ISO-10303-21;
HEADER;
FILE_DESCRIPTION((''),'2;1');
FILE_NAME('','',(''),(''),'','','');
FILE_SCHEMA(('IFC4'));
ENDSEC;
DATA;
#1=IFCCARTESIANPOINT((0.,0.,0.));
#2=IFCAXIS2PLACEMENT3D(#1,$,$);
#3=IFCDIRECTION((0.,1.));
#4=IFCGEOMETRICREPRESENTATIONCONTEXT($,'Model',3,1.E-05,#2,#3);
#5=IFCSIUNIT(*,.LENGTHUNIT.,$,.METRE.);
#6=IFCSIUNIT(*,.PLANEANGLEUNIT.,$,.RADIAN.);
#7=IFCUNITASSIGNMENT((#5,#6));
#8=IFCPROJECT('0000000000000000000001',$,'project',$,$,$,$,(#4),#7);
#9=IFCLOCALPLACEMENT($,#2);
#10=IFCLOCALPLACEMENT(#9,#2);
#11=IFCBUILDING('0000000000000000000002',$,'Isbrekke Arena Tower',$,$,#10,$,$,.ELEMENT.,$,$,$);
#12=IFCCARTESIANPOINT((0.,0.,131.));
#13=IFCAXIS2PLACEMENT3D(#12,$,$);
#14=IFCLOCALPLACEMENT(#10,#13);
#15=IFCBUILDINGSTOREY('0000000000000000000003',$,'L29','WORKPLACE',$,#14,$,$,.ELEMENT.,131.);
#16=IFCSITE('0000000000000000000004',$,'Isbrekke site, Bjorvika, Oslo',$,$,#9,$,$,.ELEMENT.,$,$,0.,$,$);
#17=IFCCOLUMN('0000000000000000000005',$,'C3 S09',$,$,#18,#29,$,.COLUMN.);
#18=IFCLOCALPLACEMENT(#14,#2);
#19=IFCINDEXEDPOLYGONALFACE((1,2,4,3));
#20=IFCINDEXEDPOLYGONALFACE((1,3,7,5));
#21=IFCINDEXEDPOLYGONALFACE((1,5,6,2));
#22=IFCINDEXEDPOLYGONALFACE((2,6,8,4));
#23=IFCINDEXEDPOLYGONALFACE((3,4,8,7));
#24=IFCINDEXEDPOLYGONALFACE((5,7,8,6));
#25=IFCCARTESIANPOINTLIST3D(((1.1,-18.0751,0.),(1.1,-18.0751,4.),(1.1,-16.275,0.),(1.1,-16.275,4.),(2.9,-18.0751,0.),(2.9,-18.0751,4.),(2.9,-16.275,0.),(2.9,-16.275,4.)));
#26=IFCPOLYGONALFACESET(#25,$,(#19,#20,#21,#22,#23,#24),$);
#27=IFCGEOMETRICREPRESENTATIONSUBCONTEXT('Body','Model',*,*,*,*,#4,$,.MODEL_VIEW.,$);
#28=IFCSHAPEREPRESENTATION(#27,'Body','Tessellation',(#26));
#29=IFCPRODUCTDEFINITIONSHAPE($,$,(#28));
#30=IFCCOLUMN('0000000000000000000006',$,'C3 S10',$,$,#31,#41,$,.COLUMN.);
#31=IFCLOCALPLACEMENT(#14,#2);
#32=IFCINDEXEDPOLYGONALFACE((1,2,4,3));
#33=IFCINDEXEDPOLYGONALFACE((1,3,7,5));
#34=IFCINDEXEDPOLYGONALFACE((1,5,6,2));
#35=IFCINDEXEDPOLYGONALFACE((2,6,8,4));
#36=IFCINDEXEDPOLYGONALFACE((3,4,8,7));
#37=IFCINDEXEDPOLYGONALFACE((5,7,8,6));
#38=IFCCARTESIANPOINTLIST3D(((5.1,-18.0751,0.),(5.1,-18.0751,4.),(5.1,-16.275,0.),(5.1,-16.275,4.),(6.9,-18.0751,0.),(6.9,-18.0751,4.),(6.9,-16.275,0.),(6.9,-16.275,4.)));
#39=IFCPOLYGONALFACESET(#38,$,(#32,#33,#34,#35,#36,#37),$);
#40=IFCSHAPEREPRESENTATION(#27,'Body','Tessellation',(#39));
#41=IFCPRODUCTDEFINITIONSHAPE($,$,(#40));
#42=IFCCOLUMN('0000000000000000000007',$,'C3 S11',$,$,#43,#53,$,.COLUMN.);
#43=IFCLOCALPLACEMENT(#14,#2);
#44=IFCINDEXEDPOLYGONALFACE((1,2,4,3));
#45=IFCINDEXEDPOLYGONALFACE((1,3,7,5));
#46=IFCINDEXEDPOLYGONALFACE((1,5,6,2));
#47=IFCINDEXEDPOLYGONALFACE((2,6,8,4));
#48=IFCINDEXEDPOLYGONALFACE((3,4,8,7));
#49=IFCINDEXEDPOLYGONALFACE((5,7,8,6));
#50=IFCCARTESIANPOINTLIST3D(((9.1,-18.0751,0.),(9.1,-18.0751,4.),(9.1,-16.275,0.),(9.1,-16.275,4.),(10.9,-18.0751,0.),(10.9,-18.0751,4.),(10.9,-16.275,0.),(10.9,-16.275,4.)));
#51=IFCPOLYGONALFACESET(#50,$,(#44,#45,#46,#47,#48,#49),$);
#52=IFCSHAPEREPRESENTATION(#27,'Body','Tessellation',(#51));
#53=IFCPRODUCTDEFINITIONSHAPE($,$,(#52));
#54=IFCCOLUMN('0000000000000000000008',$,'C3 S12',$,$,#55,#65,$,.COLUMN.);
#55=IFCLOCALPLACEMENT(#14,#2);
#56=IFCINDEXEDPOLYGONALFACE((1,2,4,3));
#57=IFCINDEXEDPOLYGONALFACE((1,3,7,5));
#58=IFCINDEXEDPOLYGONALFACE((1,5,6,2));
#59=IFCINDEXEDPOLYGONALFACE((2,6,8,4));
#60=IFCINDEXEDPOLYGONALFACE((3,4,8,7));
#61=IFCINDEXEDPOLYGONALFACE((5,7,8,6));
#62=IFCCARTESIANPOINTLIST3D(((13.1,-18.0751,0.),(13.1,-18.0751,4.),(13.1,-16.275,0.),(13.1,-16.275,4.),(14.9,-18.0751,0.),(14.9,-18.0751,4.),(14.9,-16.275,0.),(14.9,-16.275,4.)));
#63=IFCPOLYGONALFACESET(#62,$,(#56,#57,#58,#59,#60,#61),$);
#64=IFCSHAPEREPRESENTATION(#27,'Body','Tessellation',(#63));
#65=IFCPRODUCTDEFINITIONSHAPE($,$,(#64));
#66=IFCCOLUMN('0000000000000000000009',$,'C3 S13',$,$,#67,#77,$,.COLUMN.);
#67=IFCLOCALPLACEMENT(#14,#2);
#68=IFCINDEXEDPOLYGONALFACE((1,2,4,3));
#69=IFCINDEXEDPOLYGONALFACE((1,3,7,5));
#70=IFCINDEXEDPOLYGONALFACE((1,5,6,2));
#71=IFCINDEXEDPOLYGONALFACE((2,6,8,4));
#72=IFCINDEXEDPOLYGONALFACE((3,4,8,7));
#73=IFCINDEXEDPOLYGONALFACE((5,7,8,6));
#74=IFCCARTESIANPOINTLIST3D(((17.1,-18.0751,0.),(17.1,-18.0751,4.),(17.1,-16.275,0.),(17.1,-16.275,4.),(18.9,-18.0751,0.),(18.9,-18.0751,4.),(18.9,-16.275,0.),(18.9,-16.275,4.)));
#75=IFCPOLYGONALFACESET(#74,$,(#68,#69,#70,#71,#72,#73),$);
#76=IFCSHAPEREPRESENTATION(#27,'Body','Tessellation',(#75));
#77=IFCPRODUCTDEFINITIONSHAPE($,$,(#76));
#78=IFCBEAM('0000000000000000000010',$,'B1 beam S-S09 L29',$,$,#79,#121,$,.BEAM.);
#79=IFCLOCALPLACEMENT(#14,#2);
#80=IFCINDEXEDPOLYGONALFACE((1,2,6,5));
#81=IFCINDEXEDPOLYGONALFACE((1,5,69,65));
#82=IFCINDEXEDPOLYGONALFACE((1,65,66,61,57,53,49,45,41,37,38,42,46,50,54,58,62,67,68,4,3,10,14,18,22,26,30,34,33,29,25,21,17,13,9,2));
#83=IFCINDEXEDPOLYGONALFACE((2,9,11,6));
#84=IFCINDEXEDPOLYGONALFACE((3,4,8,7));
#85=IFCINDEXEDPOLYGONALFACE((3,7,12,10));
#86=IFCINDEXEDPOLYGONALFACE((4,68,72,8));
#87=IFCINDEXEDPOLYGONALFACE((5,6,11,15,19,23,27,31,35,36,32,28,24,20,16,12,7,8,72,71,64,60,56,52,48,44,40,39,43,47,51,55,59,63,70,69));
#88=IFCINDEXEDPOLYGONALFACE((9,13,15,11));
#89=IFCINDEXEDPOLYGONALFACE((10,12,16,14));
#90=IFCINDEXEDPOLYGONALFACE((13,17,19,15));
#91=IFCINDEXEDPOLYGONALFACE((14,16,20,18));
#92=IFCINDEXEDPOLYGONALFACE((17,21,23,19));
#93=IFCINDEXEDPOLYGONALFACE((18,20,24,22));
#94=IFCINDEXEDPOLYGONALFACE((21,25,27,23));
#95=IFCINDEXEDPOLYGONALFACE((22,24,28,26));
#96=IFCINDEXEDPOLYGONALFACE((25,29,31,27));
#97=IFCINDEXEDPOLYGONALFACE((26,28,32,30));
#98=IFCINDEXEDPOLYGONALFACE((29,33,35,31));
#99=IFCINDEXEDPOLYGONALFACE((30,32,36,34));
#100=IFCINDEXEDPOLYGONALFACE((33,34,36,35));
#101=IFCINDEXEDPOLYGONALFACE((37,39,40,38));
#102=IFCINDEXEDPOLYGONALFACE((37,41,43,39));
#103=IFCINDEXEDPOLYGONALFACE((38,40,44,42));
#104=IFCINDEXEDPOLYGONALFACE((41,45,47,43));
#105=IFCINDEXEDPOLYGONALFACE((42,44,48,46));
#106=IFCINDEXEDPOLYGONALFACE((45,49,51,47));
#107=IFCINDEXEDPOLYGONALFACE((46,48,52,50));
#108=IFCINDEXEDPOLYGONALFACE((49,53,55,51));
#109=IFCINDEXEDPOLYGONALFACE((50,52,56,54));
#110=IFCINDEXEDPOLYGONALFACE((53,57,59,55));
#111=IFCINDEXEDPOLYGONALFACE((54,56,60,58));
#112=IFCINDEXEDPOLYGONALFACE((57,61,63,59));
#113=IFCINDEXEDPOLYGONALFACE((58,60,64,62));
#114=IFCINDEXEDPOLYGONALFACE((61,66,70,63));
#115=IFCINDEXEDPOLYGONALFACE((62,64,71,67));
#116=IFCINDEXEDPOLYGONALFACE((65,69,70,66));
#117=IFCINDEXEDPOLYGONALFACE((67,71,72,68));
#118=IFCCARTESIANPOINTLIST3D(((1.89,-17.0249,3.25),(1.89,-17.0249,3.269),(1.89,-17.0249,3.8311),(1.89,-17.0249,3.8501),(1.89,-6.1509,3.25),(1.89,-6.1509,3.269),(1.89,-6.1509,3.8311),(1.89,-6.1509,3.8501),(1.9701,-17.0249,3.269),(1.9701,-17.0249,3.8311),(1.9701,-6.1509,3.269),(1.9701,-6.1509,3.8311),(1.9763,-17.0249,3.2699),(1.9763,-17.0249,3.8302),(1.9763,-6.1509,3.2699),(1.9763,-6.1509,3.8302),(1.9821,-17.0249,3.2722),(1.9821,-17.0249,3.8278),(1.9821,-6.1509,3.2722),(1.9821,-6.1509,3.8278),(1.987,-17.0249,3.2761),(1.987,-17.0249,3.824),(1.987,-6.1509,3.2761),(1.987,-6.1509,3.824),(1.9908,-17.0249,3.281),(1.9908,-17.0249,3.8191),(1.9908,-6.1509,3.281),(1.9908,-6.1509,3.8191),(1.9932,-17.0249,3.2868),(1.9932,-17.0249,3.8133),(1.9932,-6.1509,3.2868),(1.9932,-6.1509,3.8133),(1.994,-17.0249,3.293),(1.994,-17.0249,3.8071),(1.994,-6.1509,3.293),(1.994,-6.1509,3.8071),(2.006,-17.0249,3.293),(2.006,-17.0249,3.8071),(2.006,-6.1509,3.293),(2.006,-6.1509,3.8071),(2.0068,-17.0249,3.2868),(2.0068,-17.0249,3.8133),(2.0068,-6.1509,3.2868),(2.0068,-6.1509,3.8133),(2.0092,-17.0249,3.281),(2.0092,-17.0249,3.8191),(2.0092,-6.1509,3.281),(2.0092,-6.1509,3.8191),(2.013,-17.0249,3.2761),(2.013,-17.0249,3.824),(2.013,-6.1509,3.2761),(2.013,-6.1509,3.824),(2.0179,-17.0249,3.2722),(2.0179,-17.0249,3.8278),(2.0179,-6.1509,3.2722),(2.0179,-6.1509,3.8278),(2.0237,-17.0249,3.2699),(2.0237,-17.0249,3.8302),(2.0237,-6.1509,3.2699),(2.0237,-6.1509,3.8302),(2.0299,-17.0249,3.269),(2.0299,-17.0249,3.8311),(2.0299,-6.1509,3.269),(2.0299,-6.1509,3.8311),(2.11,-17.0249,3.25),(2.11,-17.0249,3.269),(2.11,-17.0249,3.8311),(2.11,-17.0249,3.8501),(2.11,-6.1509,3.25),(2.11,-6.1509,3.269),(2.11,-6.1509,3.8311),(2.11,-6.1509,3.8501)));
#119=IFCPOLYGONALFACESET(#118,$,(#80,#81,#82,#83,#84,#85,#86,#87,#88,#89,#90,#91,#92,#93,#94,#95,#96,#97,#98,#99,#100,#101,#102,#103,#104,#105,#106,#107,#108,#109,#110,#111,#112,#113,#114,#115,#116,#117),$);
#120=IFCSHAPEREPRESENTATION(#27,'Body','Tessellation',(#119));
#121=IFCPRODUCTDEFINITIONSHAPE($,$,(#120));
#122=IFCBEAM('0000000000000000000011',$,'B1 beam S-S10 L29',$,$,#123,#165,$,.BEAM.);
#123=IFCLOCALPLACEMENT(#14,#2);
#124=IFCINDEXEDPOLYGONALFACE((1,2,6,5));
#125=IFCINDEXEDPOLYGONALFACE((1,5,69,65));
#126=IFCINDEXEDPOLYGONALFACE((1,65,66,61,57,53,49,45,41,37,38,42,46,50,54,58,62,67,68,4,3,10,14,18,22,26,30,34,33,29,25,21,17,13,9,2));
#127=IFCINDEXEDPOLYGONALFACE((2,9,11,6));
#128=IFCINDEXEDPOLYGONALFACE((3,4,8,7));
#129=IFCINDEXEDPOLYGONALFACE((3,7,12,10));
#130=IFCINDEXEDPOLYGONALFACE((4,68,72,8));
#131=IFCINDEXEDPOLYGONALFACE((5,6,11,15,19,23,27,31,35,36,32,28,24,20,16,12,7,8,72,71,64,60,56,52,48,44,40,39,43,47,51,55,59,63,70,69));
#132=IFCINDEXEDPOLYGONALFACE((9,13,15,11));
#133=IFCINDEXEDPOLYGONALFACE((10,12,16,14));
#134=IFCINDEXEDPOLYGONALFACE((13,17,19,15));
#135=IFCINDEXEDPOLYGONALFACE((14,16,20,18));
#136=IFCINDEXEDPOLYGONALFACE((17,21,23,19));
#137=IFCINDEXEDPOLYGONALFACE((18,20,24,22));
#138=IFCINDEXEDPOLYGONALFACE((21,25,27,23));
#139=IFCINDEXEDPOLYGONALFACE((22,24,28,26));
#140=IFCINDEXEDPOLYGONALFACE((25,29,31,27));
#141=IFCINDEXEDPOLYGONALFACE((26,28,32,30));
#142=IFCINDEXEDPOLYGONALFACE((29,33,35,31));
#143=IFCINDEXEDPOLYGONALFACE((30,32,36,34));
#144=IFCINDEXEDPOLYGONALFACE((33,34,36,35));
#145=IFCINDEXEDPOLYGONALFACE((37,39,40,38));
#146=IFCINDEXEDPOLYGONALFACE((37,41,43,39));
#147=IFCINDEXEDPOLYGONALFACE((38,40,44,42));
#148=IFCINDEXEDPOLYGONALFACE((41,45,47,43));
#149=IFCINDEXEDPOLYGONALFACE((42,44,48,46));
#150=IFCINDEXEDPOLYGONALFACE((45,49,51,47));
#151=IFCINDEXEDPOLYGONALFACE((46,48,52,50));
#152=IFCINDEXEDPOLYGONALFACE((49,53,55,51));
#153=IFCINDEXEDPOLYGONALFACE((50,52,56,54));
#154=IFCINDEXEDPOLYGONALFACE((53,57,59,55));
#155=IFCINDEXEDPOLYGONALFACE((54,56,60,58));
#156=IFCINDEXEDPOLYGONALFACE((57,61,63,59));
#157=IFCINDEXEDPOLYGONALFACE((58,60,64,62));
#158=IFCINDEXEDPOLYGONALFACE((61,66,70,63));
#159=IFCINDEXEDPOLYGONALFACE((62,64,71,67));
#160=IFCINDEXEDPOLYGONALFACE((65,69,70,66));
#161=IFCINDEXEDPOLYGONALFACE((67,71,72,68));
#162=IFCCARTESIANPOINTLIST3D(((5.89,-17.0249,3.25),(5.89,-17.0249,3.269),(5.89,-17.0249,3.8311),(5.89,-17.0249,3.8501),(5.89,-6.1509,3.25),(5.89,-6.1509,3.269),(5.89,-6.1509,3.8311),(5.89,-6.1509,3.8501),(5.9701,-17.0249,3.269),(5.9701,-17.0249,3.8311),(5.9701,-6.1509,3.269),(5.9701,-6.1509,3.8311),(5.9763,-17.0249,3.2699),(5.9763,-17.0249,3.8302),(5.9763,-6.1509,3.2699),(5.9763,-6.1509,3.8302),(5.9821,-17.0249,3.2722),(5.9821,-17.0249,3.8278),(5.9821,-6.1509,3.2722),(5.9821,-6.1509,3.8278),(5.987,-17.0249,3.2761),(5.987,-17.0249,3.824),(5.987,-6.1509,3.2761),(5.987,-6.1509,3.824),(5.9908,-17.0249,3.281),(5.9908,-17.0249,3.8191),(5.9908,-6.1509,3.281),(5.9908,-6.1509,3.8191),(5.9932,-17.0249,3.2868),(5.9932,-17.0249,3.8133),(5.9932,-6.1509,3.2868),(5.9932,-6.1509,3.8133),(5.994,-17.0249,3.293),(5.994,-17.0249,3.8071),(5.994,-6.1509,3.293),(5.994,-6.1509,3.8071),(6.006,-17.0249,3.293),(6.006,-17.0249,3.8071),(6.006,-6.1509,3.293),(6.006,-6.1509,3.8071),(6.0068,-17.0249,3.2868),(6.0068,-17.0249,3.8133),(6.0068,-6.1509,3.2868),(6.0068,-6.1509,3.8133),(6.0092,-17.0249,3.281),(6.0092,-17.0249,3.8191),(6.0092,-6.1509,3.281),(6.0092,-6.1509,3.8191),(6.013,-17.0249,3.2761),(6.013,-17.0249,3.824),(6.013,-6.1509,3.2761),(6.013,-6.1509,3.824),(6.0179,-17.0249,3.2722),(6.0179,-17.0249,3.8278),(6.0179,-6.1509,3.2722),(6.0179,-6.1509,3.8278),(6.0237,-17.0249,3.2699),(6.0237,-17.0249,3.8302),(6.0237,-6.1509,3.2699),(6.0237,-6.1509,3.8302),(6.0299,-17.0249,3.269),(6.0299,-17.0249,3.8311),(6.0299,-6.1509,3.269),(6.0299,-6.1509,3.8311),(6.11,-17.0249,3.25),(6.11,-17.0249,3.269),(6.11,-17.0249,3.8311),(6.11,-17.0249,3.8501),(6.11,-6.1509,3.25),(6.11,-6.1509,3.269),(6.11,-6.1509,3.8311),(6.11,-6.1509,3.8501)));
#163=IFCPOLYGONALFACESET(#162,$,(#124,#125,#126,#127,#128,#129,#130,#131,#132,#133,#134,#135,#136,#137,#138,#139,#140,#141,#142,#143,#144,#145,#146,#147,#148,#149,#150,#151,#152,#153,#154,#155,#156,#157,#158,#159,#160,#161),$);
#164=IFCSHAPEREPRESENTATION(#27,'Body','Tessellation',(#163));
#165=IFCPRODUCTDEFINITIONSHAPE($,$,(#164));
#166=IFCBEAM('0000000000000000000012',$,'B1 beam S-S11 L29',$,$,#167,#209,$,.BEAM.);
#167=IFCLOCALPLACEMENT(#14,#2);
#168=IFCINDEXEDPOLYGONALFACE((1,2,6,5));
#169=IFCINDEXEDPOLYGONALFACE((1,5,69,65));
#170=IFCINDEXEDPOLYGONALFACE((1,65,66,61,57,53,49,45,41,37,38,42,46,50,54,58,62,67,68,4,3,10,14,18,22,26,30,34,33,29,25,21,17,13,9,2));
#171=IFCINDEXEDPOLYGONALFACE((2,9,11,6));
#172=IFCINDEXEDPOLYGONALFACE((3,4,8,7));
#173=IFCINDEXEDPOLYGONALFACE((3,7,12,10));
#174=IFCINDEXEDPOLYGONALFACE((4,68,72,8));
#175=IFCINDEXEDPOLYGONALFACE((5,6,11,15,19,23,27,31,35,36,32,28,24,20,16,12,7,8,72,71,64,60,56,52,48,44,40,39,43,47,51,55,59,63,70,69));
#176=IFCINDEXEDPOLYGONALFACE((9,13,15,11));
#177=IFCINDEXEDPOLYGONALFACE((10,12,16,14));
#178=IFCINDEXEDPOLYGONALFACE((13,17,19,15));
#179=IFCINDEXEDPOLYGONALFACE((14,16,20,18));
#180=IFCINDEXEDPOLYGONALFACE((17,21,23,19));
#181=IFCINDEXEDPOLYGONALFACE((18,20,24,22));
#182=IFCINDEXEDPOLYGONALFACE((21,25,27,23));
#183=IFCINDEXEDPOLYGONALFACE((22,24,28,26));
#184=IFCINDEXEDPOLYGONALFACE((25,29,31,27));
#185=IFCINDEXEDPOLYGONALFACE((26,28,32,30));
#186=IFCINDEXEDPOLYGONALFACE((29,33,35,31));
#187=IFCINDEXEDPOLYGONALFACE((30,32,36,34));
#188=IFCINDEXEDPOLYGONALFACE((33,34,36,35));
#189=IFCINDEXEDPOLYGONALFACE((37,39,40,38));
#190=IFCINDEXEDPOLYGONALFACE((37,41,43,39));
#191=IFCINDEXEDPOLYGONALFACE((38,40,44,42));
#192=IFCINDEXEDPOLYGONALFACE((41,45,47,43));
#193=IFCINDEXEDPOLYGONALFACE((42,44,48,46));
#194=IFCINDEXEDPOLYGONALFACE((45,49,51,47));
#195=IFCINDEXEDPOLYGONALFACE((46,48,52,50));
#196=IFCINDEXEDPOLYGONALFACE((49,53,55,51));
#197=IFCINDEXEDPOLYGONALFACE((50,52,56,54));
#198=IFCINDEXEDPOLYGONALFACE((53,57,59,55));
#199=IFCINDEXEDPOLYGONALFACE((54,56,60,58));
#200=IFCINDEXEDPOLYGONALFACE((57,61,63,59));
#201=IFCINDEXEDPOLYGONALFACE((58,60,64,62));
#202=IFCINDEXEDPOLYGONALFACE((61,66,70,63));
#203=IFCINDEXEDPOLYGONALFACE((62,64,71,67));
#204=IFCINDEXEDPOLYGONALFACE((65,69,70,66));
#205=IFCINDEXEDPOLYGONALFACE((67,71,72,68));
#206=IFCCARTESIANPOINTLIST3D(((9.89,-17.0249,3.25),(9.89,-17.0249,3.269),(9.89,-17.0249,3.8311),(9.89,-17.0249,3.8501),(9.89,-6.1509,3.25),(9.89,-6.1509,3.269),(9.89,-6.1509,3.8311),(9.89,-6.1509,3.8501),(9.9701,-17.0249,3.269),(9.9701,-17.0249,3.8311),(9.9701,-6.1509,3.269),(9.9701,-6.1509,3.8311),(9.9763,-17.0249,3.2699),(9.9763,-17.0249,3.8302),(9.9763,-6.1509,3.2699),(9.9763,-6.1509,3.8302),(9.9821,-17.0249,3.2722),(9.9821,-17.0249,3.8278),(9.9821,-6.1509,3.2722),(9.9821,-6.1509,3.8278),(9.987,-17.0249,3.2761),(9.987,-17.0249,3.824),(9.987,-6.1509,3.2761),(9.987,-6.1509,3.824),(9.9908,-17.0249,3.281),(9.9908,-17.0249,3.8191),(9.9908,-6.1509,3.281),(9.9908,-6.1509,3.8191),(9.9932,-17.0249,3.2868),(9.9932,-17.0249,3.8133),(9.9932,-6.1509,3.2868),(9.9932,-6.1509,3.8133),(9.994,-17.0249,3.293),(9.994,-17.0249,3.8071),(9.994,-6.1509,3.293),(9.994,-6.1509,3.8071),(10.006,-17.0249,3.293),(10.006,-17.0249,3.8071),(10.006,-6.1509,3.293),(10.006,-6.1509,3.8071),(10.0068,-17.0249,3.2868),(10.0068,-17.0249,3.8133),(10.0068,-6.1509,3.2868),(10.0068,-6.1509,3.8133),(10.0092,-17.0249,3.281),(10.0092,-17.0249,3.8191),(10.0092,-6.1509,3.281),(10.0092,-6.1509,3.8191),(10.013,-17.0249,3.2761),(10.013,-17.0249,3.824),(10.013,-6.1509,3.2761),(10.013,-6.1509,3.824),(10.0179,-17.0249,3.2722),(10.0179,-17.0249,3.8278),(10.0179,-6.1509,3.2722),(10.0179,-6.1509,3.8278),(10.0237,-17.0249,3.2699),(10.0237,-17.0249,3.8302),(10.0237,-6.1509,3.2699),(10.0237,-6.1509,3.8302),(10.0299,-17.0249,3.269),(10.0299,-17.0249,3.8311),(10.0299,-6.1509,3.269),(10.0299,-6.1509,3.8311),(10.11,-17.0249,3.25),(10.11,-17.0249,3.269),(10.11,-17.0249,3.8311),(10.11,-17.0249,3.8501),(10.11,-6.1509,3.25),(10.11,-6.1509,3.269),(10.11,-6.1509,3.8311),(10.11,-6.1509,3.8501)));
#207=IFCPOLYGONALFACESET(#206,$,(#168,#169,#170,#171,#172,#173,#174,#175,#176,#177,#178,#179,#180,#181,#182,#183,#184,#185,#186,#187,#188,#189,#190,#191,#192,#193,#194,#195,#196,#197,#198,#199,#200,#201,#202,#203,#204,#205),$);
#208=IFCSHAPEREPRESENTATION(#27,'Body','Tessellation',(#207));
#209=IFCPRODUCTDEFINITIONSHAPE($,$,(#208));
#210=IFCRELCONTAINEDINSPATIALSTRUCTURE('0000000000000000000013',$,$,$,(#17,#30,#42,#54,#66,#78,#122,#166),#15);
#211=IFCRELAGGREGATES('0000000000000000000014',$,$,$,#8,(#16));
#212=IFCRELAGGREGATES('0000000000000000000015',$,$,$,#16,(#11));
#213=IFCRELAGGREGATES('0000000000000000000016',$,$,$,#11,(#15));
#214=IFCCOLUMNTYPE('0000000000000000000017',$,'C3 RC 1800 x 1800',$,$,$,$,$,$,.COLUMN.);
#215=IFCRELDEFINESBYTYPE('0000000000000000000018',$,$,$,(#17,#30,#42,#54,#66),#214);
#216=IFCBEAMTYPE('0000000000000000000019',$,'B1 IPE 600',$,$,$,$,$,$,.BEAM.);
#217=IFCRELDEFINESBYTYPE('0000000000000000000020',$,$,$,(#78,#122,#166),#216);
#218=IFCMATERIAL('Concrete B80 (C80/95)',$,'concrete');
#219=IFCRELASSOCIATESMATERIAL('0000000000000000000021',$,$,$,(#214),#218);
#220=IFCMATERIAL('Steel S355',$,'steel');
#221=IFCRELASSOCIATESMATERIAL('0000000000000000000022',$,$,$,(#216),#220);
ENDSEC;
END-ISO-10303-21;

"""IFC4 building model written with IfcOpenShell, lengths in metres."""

from ifc_helpers import new_model, si_unit, direction, frame, origin, origin_2d, place, context, subcontext, project, spatial, rectangle, i_section, extrude, material, material_profile, profile_set, type_object, element, save


model = new_model("IFC4")

# Units and contexts
model_context = context("Model", 3, precision=1e-05, world=origin(), true_north=direction((0.0, 1.0)))
body_context = subcontext(model_context, "Body", "Model", "MODEL_VIEW")
ifc_project = project(units=[si_unit("LENGTHUNIT", "METRE"), si_unit("PLANEANGLEUNIT", "RADIAN")], contexts=[model_context])

# Site, building, storey
site_placement = place(None, origin())
site = spatial("IfcSite", under=ifc_project, at=site_placement, Name="Isbrekke site, Bjorvika, Oslo", CompositionType="ELEMENT", RefElevation=0.0)
building_placement = place(site_placement, origin())
building = spatial("IfcBuilding", under=site, at=building_placement, Name="Isbrekke Arena Tower", CompositionType="ELEMENT")
storey_placement = place(building_placement, frame((0.0, 0.0, 131.0)))
storey = spatial("IfcBuildingStorey", under=building, at=storey_placement, Name="L29", Description="WORKPLACE", CompositionType="ELEMENT", Elevation=131.0)

# Columns
ifc_material_1 = material(Name="Concrete B80 (C80/95)", Category="concrete")
ifc_material_profile_1 = material_profile(ifc_material_1, rectangle(XDim=1.8, YDim=1.8, at=origin_2d()), Name="RC 1800x1800")
ifc_profile_set_1 = profile_set([ifc_material_profile_1], Name="Concrete B80 (C80/95)")
column_type = type_object("IfcColumnType", Name="C3 RC 1800 x 1800", PredefinedType="COLUMN", material=ifc_profile_set_1)
for number, where, z_axis, x_axis, name in (
    (1, (2.0, -17.175, 0.0), (0.0, 0.0, 1.0), (1.0, 0.0, 0.0), "C3 S09"),
    (2, (6.0, -17.175, 0.0), (0.0, 0.0, 1.0), (1.0, 0.0, 0.0), "C3 S10"),
    (3, (10.0, -17.175, 0.0), (0.0, 0.0, 1.0), (1.0, 0.0, 0.0), "C3 S11"),
    (4, (14.0, -17.175, 0.0), (0.0, 0.0, 1.0), (1.0, 0.0, 0.0), "C3 S12"),
    (5, (18.0, -17.175, 0.0), (0.0, 0.0, 1.0), (1.0, 0.0, 0.0), "C3 S13"),
):
    element("IfcColumn", number, at=place(storey_placement, frame(where, z_axis=z_axis, x_axis=x_axis)), inside=storey, type_object=column_type, Name=name, PredefinedType="COLUMN", context=body_context, shape_type="SweptSolid", body=[
        extrude(rectangle(XDim=1.8, YDim=1.8, at=origin_2d()), origin(), (0.0, 0.0, 1.0), 4.0),
    ])

# Beams
ifc_material_2 = material(Name="Steel S355", Category="steel")
ifc_material_profile_2 = material_profile(ifc_material_2, i_section(OverallWidth=0.22, OverallDepth=0.6001, WebThickness=0.012, FlangeThickness=0.019, FilletRadius=0.0239, at=origin_2d()), Name="IPE 600")
ifc_profile_set_2 = profile_set([ifc_material_profile_2], Name="Steel S355")
beam_type_1 = type_object("IfcBeamType", Name="B1 IPE 600", PredefinedType="BEAM", material=ifc_profile_set_2)
for number, where, z_axis, x_axis, name in (
    (6, (2.0, -17.0249, 3.55), (0.0, 1.0, 0.0), (-1.0, 0.0, 0.0), "B1 beam S-S09 L29"),
    (7, (6.0, -17.0249, 3.55), (0.0, 1.0, 0.0), (-1.0, 0.0, 0.0), "B1 beam S-S10 L29"),
    (8, (10.0, -17.0249, 3.55), (0.0, 1.0, 0.0), (-1.0, 0.0, 0.0), "B1 beam S-S11 L29"),
):
    element("IfcBeam", number, at=place(storey_placement, frame(where, z_axis=z_axis, x_axis=x_axis)), inside=storey, type_object=beam_type_1, Name=name, PredefinedType="BEAM", context=body_context, shape_type="SweptSolid", body=[
        extrude(i_section(OverallWidth=0.22, OverallDepth=0.6001, WebThickness=0.012, FlangeThickness=0.019, FilletRadius=0.0239, at=origin_2d()), origin(), (0.0, 0.0, 1.0), 10.874),
    ])

save(model, "model.ifc")
